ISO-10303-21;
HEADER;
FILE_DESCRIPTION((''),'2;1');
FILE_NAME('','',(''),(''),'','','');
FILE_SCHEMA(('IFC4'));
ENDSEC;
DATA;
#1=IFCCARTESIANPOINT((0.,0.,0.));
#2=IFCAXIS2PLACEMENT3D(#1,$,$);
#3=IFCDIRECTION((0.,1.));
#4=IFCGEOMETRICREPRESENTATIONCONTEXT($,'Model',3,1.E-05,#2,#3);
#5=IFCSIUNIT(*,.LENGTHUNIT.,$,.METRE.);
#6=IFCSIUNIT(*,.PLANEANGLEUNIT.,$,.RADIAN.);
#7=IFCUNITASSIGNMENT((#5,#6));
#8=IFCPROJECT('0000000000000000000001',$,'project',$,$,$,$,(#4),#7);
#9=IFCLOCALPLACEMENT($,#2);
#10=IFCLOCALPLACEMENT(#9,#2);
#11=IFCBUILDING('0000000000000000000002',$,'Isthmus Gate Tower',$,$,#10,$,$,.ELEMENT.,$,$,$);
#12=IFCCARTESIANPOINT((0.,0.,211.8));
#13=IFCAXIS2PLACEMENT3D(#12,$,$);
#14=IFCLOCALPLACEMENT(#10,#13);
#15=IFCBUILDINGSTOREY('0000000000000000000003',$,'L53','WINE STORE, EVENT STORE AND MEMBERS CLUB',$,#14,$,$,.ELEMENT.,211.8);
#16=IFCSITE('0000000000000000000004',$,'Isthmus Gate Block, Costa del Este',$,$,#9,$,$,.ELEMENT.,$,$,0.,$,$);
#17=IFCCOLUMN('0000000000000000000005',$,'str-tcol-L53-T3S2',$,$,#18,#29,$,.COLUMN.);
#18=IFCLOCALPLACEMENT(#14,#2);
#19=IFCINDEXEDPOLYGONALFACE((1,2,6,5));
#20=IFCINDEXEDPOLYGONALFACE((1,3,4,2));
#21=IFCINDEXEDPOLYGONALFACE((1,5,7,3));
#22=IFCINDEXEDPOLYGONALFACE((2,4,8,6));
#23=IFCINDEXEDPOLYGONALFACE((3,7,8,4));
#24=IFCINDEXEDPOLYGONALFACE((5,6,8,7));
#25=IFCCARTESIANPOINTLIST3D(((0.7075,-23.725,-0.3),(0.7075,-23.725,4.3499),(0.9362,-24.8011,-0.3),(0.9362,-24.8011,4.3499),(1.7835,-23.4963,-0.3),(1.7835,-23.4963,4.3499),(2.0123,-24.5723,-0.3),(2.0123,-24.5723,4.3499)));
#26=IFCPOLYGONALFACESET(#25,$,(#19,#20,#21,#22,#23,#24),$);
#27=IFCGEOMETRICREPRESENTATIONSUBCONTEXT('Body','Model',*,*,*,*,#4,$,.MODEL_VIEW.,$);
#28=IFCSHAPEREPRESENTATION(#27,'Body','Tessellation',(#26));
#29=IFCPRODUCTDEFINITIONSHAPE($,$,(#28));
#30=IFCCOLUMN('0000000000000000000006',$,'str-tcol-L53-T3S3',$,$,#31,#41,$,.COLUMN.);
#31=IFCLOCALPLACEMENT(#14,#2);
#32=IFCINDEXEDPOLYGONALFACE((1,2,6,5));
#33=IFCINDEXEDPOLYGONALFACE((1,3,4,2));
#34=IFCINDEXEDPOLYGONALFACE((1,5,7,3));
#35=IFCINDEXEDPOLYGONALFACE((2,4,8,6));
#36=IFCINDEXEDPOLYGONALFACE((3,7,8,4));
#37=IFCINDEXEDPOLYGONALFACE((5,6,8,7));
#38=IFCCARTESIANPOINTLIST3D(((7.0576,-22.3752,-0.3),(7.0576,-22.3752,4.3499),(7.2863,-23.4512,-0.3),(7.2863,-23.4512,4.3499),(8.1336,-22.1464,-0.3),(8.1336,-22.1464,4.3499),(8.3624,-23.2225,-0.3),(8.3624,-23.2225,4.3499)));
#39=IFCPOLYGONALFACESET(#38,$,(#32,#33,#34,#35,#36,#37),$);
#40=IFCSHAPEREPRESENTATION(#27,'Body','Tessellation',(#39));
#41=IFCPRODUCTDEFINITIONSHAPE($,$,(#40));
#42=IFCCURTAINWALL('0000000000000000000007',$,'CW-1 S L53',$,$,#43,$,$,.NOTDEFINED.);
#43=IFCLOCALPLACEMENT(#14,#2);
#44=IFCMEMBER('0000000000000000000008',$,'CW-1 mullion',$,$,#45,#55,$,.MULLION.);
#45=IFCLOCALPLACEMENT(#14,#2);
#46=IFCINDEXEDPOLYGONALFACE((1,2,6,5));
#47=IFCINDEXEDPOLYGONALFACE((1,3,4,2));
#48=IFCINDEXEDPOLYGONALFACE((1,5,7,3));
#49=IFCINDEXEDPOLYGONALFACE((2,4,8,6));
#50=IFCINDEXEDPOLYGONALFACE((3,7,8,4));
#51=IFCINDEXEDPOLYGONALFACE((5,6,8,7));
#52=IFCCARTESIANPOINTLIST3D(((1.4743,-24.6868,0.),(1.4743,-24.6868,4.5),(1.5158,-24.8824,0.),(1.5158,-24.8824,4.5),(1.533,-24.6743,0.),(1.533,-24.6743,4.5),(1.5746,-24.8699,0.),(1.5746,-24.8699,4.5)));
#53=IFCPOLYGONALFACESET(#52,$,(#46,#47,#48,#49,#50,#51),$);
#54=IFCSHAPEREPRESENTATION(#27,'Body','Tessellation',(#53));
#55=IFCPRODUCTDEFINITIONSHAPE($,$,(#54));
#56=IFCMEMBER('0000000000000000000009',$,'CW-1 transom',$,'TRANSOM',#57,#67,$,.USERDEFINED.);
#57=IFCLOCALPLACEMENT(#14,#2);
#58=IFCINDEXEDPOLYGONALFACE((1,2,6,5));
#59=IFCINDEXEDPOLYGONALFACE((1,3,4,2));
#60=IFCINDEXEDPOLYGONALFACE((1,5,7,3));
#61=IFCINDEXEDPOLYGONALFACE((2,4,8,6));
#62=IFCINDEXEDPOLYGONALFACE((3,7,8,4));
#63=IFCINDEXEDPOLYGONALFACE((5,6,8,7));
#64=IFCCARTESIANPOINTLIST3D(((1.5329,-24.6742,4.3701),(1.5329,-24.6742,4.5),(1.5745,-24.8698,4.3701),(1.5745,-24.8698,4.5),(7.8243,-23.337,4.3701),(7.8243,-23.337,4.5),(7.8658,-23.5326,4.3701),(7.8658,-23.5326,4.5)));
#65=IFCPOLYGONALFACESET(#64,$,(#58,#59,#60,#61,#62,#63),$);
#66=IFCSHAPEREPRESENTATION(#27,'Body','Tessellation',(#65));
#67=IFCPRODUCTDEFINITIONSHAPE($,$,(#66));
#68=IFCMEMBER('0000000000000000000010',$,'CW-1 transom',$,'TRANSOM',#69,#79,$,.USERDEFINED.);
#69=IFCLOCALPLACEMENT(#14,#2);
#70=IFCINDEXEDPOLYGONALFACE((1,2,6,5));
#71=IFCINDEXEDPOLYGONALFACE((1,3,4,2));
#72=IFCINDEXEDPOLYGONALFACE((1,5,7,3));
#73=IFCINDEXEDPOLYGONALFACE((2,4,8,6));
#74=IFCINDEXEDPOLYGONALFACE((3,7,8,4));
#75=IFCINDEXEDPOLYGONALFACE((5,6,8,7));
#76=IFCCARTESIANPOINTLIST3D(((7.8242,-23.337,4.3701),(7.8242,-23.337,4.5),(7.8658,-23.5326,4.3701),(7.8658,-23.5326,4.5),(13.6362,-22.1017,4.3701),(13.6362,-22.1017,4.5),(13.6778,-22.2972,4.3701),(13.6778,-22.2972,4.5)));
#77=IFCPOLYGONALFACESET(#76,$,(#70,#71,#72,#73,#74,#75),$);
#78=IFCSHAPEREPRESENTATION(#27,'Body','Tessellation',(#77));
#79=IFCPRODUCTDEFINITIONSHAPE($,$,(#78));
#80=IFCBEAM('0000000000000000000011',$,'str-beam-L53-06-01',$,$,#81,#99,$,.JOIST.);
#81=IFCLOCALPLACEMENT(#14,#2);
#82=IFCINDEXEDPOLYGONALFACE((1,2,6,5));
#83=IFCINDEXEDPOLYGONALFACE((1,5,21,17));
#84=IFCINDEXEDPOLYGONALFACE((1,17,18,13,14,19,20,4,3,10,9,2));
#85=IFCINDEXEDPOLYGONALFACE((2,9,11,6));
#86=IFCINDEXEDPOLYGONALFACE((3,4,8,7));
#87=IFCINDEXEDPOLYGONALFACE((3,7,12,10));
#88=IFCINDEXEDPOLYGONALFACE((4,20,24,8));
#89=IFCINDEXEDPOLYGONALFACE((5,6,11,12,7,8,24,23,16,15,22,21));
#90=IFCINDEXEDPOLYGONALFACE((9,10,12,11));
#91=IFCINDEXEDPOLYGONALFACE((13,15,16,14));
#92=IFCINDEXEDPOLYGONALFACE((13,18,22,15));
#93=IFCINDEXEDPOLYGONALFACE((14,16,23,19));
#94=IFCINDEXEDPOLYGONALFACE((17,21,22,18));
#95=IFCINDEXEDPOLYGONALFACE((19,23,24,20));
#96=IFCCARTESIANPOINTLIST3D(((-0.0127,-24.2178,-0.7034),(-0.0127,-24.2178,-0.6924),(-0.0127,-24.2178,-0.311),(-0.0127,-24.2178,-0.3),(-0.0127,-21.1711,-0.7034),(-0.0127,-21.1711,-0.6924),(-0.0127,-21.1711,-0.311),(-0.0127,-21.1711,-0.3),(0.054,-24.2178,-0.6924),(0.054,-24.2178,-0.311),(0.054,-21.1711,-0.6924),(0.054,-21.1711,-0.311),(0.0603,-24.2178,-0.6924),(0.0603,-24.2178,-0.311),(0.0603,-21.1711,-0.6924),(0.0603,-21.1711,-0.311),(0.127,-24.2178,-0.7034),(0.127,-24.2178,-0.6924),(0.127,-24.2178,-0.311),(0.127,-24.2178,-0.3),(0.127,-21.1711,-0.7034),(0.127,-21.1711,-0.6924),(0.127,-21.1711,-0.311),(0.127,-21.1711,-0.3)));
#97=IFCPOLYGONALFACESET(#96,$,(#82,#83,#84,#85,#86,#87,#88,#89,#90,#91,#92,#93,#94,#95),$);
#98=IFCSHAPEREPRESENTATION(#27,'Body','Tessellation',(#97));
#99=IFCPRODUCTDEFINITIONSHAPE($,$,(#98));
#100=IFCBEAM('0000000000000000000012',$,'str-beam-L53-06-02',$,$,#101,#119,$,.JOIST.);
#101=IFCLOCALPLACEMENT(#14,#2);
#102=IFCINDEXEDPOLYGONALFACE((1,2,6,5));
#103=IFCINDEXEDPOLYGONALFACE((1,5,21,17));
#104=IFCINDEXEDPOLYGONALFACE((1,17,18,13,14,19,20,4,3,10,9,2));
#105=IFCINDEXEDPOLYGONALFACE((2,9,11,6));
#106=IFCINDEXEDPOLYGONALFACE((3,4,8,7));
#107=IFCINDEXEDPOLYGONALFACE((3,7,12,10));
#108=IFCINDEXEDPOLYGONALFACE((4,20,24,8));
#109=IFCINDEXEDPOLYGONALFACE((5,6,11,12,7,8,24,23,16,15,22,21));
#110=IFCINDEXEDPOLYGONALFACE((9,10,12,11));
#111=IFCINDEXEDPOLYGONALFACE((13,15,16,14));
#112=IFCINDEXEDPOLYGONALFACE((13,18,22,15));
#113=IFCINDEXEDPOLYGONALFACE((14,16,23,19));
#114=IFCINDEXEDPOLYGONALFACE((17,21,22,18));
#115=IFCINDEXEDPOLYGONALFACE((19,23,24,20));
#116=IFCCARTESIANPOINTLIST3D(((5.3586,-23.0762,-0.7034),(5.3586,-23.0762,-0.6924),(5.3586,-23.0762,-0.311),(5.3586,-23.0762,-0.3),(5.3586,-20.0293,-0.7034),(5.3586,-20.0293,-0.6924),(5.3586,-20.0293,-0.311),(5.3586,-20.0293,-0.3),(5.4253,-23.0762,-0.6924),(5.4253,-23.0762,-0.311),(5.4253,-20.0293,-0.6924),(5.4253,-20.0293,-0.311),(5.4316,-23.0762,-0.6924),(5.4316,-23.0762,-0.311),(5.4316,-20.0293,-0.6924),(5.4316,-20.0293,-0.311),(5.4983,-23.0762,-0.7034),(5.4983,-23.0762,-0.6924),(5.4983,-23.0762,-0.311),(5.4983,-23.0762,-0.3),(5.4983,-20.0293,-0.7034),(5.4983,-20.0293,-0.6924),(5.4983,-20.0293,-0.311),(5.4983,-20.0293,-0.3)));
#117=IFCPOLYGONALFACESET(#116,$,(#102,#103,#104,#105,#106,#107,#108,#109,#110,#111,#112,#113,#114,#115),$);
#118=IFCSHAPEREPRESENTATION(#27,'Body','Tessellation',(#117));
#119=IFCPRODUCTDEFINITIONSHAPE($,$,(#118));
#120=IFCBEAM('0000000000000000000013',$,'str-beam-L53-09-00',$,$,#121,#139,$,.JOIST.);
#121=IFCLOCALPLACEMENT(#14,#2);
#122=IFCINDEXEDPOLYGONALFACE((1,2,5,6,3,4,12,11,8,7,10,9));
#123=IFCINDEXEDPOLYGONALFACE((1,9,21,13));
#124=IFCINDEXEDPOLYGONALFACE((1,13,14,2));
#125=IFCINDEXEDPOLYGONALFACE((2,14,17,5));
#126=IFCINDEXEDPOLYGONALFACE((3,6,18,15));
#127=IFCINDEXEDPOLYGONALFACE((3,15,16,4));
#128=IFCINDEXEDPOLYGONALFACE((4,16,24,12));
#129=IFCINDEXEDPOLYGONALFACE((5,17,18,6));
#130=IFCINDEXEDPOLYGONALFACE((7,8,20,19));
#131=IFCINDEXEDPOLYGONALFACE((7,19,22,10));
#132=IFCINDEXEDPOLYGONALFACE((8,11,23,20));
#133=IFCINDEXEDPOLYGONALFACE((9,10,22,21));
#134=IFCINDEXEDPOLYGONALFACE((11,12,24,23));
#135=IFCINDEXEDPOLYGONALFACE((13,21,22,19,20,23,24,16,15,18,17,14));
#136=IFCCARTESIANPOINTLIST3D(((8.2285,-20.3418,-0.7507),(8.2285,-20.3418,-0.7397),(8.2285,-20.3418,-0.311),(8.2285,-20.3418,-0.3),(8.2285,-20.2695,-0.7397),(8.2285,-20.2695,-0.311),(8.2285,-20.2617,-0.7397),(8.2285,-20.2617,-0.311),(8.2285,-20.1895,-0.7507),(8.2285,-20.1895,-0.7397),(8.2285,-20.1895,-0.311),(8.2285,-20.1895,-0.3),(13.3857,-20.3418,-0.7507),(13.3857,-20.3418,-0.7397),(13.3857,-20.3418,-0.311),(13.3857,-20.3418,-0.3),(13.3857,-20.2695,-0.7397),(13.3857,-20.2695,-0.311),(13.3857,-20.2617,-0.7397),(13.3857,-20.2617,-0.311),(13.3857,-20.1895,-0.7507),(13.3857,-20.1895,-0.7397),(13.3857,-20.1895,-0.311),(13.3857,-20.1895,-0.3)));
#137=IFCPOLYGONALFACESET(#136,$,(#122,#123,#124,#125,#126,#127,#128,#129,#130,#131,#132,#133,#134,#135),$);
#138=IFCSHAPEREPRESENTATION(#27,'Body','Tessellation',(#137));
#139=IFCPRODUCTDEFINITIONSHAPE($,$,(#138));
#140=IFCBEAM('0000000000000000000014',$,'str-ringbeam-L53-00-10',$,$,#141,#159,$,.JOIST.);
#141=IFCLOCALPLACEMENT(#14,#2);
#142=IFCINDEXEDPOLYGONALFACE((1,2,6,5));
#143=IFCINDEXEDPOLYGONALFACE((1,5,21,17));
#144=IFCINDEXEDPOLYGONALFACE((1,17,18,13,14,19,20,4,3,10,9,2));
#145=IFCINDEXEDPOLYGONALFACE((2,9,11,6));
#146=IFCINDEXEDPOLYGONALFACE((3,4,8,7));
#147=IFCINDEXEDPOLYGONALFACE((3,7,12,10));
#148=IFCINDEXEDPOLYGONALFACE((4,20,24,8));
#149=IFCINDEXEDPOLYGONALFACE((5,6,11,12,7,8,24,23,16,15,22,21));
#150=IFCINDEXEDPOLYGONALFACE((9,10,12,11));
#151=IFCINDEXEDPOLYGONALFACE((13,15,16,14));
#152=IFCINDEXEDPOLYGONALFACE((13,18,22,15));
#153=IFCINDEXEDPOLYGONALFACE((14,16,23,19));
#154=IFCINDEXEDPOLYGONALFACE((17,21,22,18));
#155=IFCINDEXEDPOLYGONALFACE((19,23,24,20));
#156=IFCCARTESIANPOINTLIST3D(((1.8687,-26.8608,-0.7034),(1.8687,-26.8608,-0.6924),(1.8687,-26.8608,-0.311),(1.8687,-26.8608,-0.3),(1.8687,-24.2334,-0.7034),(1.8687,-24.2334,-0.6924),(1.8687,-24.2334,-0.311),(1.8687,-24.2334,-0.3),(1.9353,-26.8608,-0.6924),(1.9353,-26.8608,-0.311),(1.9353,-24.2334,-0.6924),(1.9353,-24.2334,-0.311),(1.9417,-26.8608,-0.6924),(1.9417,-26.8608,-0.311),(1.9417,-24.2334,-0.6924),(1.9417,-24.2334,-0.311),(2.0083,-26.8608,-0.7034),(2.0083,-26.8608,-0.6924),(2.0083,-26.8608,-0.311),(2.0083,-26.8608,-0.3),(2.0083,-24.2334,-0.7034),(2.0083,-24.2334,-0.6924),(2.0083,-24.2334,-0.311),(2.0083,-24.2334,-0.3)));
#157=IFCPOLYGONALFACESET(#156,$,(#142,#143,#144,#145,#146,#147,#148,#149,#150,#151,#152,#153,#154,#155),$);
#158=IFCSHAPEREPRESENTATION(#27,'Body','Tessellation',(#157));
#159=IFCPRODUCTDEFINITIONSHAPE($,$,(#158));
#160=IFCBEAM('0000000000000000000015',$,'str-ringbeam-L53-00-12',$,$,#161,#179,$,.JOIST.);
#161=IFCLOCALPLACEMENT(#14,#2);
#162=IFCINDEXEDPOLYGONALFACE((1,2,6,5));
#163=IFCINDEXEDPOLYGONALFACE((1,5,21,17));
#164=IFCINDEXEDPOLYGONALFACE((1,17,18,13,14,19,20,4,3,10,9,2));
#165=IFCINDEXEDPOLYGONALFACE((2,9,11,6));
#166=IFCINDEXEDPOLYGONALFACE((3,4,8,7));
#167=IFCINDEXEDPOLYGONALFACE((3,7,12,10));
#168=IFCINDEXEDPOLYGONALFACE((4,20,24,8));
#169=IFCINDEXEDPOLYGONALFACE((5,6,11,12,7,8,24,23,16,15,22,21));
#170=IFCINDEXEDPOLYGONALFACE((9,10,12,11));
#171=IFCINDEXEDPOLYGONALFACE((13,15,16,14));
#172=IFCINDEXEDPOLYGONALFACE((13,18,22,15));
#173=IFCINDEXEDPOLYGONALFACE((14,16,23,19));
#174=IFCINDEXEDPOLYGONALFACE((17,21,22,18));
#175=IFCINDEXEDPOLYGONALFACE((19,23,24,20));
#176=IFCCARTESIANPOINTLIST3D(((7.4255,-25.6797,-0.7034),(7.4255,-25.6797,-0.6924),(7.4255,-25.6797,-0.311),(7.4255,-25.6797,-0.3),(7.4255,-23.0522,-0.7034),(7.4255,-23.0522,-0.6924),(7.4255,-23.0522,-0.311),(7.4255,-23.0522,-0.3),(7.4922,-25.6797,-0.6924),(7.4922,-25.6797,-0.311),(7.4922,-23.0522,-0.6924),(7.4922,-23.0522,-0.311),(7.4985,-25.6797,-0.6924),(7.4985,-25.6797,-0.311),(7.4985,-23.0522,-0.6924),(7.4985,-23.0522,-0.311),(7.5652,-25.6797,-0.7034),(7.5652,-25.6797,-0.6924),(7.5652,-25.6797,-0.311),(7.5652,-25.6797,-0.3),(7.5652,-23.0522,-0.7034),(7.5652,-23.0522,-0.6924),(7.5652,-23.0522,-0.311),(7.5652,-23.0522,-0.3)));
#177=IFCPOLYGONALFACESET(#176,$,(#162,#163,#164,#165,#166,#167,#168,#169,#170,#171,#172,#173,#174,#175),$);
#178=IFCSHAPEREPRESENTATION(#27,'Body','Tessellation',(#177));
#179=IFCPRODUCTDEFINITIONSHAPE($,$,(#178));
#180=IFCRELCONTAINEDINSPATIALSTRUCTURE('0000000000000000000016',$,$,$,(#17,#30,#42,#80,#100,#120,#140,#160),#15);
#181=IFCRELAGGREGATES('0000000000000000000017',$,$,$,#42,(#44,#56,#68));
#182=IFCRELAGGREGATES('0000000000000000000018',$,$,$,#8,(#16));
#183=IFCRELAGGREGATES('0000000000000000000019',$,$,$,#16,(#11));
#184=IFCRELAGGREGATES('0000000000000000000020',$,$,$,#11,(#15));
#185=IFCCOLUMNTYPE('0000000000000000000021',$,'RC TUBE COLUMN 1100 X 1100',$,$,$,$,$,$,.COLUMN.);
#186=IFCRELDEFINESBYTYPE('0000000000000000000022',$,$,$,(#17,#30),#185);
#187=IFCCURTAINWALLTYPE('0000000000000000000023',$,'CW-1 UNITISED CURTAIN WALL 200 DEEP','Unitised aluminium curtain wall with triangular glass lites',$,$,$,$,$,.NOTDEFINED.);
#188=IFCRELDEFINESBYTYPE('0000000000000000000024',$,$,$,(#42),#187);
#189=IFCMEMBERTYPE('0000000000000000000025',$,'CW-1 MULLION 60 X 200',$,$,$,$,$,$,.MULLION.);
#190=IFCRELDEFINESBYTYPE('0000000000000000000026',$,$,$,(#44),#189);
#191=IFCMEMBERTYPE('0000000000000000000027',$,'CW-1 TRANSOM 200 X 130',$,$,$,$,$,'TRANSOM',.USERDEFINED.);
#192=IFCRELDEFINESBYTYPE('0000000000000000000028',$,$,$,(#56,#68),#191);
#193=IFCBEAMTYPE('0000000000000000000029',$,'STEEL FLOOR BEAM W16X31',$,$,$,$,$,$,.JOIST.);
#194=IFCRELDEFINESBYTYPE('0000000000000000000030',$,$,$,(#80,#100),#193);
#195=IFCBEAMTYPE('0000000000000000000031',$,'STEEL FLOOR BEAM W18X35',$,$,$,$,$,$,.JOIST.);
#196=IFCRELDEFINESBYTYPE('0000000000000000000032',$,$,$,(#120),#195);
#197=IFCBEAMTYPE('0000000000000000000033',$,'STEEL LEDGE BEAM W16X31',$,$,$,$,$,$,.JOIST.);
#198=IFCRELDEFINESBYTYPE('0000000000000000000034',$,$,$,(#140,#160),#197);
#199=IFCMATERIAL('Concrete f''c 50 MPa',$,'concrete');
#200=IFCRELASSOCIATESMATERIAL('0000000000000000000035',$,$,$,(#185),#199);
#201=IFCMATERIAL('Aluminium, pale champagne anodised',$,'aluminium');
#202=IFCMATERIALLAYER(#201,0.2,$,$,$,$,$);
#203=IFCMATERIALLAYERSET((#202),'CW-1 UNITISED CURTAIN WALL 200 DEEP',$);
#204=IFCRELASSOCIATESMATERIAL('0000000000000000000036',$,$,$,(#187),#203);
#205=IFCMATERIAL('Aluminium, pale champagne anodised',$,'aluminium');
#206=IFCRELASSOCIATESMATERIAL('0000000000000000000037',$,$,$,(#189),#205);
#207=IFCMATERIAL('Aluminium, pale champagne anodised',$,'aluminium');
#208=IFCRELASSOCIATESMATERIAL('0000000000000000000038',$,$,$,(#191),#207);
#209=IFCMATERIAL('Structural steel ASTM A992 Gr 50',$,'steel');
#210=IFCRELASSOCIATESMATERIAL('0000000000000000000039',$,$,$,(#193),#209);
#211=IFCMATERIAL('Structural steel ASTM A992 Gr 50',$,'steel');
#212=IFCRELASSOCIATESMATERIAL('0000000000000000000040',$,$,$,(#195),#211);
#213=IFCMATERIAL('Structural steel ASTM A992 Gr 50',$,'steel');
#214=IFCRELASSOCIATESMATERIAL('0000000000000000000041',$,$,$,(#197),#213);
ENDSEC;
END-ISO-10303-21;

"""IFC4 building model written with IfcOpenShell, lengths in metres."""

from ifc_helpers import new_model, si_unit, direction, frame, origin, origin_2d, place, context, subcontext, project, spatial, rectangle, i_section, extrude, material, layer, layer_set, material_profile, profile_set, type_object, element, aggregate, save


model = new_model("IFC4")

# Units and contexts
model_context = context("Model", 3, precision=1e-05, world=origin(), true_north=direction((0.0, 1.0)))
body_context = subcontext(model_context, "Body", "Model", "MODEL_VIEW")
ifc_project = project(units=[si_unit("LENGTHUNIT", "METRE"), si_unit("PLANEANGLEUNIT", "RADIAN")], contexts=[model_context])

# Site, building, storey
site_placement = place(None, origin())
site = spatial("IfcSite", under=ifc_project, at=site_placement, Name="Isthmus Gate Block, Costa del Este", CompositionType="ELEMENT", RefElevation=0.0)
building_placement = place(site_placement, origin())
building = spatial("IfcBuilding", under=site, at=building_placement, Name="Isthmus Gate Tower", CompositionType="ELEMENT")
storey_placement = place(building_placement, frame((0.0, 0.0, 211.8)))
storey = spatial("IfcBuildingStorey", under=building, at=storey_placement, Name="L53", Description="WINE STORE, EVENT STORE AND MEMBERS CLUB", CompositionType="ELEMENT", Elevation=211.8)

# Columns
ifc_material_1 = material(Name="Concrete f'c 50 MPa", Category="concrete")
ifc_material_profile_1 = material_profile(ifc_material_1, rectangle(XDim=1.1001, YDim=1.1001, at=origin_2d()), Name="RC 1100X1100")
ifc_profile_set_1 = profile_set([ifc_material_profile_1], Name="Concrete f'c 50 MPa")
column_type = type_object("IfcColumnType", Name="RC TUBE COLUMN 1100 X 1100", PredefinedType="COLUMN", material=ifc_profile_set_1)
for number, where, z_axis, x_axis, name in (
    (1, (1.3599, -24.1487, -0.3), (0.0, 0.0, 1.0), (0.978148, 0.207912, 0.0), "str-tcol-L53-T3S2"),
    (2, (7.71, -22.7988, -0.3), (0.0, 0.0, 1.0), (0.978148, 0.207912, 0.0), "str-tcol-L53-T3S3"),
):
    element("IfcColumn", number, at=place(storey_placement, frame(where, z_axis=z_axis, x_axis=x_axis)), inside=storey, type_object=column_type, Name=name, PredefinedType="COLUMN", context=body_context, shape_type="SweptSolid", body=[
        extrude(rectangle(XDim=1.1001, YDim=1.1001, at=origin_2d()), origin(), (0.0, 0.0, 1.0), 4.6499),
    ])

# Curtain wall, members
ifc_material_2 = material(Name="Aluminium, pale champagne anodised", Category="aluminium")
ifc_layer_1 = layer(ifc_material_2, 0.2)
ifc_layer_set_1 = layer_set([ifc_layer_1], Name="CW-1 UNITISED CURTAIN WALL 200 DEEP")
curtain_wall_type = type_object("IfcCurtainWallType", Name="CW-1 UNITISED CURTAIN WALL 200 DEEP", Description="Unitised aluminium curtain wall with triangular glass lites", PredefinedType="NOTDEFINED", material=ifc_layer_set_1)
curtain_wall_placement = place(storey_placement, origin())
curtain_wall = element("IfcCurtainWall", 3, at=curtain_wall_placement, inside=storey, type_object=curtain_wall_type, Name="CW-1 S L53", PredefinedType="NOTDEFINED")
ifc_material_3 = material(Name="Aluminium, pale champagne anodised", Category="aluminium")
ifc_material_profile_2 = material_profile(ifc_material_3, rectangle(XDim=0.0601, YDim=0.2, at=origin_2d()), Name="60x200")
ifc_profile_set_2 = profile_set([ifc_material_profile_2], Name="Aluminium, pale champagne anodised")
member_type_1 = type_object("IfcMemberType", Name="CW-1 MULLION 60 X 200", PredefinedType="MULLION", material=ifc_profile_set_2)
member_1_placement = place(storey_placement, frame((1.5244, -24.7783, 0.0), z_axis=(0.0, 0.0, 1.0), x_axis=(0.978148, 0.207912, 0.0)))
member_1 = element("IfcMember", 4, at=member_1_placement, type_object=member_type_1, Name="CW-1 mullion", PredefinedType="MULLION", context=body_context, shape_type="SweptSolid", body=[
    extrude(rectangle(XDim=0.0601, YDim=0.2, at=origin_2d()), origin(), (0.0, 0.0, 1.0), 4.5),
])
ifc_material_4 = material(Name="Aluminium, pale champagne anodised", Category="aluminium")
ifc_material_profile_3 = material_profile(ifc_material_4, rectangle(XDim=0.2, YDim=0.1299, at=origin_2d()), Name="200x130")
ifc_profile_set_3 = profile_set([ifc_material_profile_3], Name="Aluminium, pale champagne anodised")
member_type_2 = type_object("IfcMemberType", Name="CW-1 TRANSOM 200 X 130", ElementType="TRANSOM", PredefinedType="USERDEFINED", material=ifc_profile_set_3)
member_2_placement = place(storey_placement, frame((1.5537, -24.772, 4.4351), z_axis=(0.97815, 0.207898, 0.0), x_axis=(-0.207898, 0.97815, 0.0)))
member_2 = element("IfcMember", 5, at=member_2_placement, type_object=member_type_2, Name="CW-1 transom", ObjectType="TRANSOM", PredefinedType="USERDEFINED", context=body_context, shape_type="SweptSolid", body=[
    extrude(rectangle(XDim=0.2, YDim=0.1299, at=origin_2d()), origin(), (0.0, 0.0, 1.0), 6.4319),
])
member_3_placement = place(storey_placement, frame((7.845, -23.4348, 4.4351), z_axis=(0.978149, 0.207907, 0.0), x_axis=(-0.207907, 0.978149, 0.0)))
member_3 = element("IfcMember", 6, at=member_3_placement, type_object=member_type_2, Name="CW-1 transom", ObjectType="TRANSOM", PredefinedType="USERDEFINED", context=body_context, shape_type="SweptSolid", body=[
    extrude(rectangle(XDim=0.2, YDim=0.1299, at=origin_2d()), origin(), (0.0, 0.0, 1.0), 5.9419),
])

# Beams
ifc_material_5 = material(Name="Structural steel ASTM A992 Gr 50", Category="steel")
ifc_material_profile_4 = material_profile(ifc_material_5, i_section(OverallWidth=0.1396, OverallDepth=0.4033, WebThickness=0.0063, FlangeThickness=0.011, at=origin_2d()), Name="W16X31")
ifc_profile_set_4 = profile_set([ifc_material_profile_4], Name="Structural steel ASTM A992 Gr 50")
beam_type_1 = type_object("IfcBeamType", Name="STEEL FLOOR BEAM W16X31", PredefinedType="JOIST", material=ifc_profile_set_4)
beam_1_placement = place(storey_placement, frame((0.0571, -24.2178, -0.5017), z_axis=(0.0, 1.0, 0.0), x_axis=(-1.0, 0.0, 0.0)))
element("IfcBeam", 7, at=beam_1_placement, inside=storey, type_object=beam_type_1, Name="str-beam-L53-06-01", PredefinedType="JOIST", context=body_context, shape_type="SweptSolid", body=[
    extrude(i_section(OverallWidth=0.1396, OverallDepth=0.4033, WebThickness=0.0063, FlangeThickness=0.011, at=origin_2d()), origin(), (0.0, 0.0, 1.0), 3.0466),
])
beam_2_placement = place(storey_placement, frame((5.4285, -23.0762, -0.5017), z_axis=(0.0, 1.0, 0.0), x_axis=(-1.0, 0.0, 0.0)))
element("IfcBeam", 8, at=beam_2_placement, inside=storey, type_object=beam_type_1, Name="str-beam-L53-06-02", PredefinedType="JOIST", context=body_context, shape_type="SweptSolid", body=[
    extrude(i_section(OverallWidth=0.1396, OverallDepth=0.4033, WebThickness=0.0063, FlangeThickness=0.011, at=origin_2d()), origin(), (0.0, 0.0, 1.0), 3.0469),
])
ifc_material_6 = material(Name="Structural steel ASTM A992 Gr 50", Category="steel")
ifc_material_profile_5 = material_profile(ifc_material_6, i_section(OverallWidth=0.1523, OverallDepth=0.4507, WebThickness=0.0078, FlangeThickness=0.011, at=origin_2d()), Name="W18X35")
ifc_profile_set_5 = profile_set([ifc_material_profile_5], Name="Structural steel ASTM A992 Gr 50")
beam_type_2 = type_object("IfcBeamType", Name="STEEL FLOOR BEAM W18X35", PredefinedType="JOIST", material=ifc_profile_set_5)
beam_3_placement = place(storey_placement, frame((8.2285, -20.2656, -0.5254), z_axis=(1.0, 0.0, 0.0), x_axis=(0.0, 1.0, 0.0)))
element("IfcBeam", 9, at=beam_3_placement, inside=storey, type_object=beam_type_2, Name="str-beam-L53-09-00", PredefinedType="JOIST", context=body_context, shape_type="SweptSolid", body=[
    extrude(i_section(OverallWidth=0.1523, OverallDepth=0.4507, WebThickness=0.0078, FlangeThickness=0.011, at=origin_2d()), origin(), (0.0, 0.0, 1.0), 5.1572),
])
ifc_material_7 = material(Name="Structural steel ASTM A992 Gr 50", Category="steel")
ifc_material_profile_6 = material_profile(ifc_material_7, i_section(OverallWidth=0.1396, OverallDepth=0.4033, WebThickness=0.0063, FlangeThickness=0.011, at=origin_2d()), Name="W16X31")
ifc_profile_set_6 = profile_set([ifc_material_profile_6], Name="Structural steel ASTM A992 Gr 50")
beam_type_3 = type_object("IfcBeamType", Name="STEEL LEDGE BEAM W16X31", PredefinedType="JOIST", material=ifc_profile_set_6)
for number, where, z_axis, x_axis, name in (
    (10, (1.9385, -26.8608, -0.5017), (0.0, 1.0, 0.0), (-1.0, 0.0, 0.0), "str-ringbeam-L53-00-10"),
    (11, (7.4954, -25.6797, -0.5017), (0.0, 1.0, 0.0), (-1.0, 0.0, 0.0), "str-ringbeam-L53-00-12"),
):
    element("IfcBeam", number, at=place(storey_placement, frame(where, z_axis=z_axis, x_axis=x_axis)), inside=storey, type_object=beam_type_3, Name=name, PredefinedType="JOIST", context=body_context, shape_type="SweptSolid", body=[
        extrude(i_section(OverallWidth=0.1396, OverallDepth=0.4033, WebThickness=0.0063, FlangeThickness=0.011, at=origin_2d()), origin(), (0.0, 0.0, 1.0), 2.6274),
    ])

aggregate(curtain_wall, [member_1, member_2, member_3])

save(model, "model.ifc")
